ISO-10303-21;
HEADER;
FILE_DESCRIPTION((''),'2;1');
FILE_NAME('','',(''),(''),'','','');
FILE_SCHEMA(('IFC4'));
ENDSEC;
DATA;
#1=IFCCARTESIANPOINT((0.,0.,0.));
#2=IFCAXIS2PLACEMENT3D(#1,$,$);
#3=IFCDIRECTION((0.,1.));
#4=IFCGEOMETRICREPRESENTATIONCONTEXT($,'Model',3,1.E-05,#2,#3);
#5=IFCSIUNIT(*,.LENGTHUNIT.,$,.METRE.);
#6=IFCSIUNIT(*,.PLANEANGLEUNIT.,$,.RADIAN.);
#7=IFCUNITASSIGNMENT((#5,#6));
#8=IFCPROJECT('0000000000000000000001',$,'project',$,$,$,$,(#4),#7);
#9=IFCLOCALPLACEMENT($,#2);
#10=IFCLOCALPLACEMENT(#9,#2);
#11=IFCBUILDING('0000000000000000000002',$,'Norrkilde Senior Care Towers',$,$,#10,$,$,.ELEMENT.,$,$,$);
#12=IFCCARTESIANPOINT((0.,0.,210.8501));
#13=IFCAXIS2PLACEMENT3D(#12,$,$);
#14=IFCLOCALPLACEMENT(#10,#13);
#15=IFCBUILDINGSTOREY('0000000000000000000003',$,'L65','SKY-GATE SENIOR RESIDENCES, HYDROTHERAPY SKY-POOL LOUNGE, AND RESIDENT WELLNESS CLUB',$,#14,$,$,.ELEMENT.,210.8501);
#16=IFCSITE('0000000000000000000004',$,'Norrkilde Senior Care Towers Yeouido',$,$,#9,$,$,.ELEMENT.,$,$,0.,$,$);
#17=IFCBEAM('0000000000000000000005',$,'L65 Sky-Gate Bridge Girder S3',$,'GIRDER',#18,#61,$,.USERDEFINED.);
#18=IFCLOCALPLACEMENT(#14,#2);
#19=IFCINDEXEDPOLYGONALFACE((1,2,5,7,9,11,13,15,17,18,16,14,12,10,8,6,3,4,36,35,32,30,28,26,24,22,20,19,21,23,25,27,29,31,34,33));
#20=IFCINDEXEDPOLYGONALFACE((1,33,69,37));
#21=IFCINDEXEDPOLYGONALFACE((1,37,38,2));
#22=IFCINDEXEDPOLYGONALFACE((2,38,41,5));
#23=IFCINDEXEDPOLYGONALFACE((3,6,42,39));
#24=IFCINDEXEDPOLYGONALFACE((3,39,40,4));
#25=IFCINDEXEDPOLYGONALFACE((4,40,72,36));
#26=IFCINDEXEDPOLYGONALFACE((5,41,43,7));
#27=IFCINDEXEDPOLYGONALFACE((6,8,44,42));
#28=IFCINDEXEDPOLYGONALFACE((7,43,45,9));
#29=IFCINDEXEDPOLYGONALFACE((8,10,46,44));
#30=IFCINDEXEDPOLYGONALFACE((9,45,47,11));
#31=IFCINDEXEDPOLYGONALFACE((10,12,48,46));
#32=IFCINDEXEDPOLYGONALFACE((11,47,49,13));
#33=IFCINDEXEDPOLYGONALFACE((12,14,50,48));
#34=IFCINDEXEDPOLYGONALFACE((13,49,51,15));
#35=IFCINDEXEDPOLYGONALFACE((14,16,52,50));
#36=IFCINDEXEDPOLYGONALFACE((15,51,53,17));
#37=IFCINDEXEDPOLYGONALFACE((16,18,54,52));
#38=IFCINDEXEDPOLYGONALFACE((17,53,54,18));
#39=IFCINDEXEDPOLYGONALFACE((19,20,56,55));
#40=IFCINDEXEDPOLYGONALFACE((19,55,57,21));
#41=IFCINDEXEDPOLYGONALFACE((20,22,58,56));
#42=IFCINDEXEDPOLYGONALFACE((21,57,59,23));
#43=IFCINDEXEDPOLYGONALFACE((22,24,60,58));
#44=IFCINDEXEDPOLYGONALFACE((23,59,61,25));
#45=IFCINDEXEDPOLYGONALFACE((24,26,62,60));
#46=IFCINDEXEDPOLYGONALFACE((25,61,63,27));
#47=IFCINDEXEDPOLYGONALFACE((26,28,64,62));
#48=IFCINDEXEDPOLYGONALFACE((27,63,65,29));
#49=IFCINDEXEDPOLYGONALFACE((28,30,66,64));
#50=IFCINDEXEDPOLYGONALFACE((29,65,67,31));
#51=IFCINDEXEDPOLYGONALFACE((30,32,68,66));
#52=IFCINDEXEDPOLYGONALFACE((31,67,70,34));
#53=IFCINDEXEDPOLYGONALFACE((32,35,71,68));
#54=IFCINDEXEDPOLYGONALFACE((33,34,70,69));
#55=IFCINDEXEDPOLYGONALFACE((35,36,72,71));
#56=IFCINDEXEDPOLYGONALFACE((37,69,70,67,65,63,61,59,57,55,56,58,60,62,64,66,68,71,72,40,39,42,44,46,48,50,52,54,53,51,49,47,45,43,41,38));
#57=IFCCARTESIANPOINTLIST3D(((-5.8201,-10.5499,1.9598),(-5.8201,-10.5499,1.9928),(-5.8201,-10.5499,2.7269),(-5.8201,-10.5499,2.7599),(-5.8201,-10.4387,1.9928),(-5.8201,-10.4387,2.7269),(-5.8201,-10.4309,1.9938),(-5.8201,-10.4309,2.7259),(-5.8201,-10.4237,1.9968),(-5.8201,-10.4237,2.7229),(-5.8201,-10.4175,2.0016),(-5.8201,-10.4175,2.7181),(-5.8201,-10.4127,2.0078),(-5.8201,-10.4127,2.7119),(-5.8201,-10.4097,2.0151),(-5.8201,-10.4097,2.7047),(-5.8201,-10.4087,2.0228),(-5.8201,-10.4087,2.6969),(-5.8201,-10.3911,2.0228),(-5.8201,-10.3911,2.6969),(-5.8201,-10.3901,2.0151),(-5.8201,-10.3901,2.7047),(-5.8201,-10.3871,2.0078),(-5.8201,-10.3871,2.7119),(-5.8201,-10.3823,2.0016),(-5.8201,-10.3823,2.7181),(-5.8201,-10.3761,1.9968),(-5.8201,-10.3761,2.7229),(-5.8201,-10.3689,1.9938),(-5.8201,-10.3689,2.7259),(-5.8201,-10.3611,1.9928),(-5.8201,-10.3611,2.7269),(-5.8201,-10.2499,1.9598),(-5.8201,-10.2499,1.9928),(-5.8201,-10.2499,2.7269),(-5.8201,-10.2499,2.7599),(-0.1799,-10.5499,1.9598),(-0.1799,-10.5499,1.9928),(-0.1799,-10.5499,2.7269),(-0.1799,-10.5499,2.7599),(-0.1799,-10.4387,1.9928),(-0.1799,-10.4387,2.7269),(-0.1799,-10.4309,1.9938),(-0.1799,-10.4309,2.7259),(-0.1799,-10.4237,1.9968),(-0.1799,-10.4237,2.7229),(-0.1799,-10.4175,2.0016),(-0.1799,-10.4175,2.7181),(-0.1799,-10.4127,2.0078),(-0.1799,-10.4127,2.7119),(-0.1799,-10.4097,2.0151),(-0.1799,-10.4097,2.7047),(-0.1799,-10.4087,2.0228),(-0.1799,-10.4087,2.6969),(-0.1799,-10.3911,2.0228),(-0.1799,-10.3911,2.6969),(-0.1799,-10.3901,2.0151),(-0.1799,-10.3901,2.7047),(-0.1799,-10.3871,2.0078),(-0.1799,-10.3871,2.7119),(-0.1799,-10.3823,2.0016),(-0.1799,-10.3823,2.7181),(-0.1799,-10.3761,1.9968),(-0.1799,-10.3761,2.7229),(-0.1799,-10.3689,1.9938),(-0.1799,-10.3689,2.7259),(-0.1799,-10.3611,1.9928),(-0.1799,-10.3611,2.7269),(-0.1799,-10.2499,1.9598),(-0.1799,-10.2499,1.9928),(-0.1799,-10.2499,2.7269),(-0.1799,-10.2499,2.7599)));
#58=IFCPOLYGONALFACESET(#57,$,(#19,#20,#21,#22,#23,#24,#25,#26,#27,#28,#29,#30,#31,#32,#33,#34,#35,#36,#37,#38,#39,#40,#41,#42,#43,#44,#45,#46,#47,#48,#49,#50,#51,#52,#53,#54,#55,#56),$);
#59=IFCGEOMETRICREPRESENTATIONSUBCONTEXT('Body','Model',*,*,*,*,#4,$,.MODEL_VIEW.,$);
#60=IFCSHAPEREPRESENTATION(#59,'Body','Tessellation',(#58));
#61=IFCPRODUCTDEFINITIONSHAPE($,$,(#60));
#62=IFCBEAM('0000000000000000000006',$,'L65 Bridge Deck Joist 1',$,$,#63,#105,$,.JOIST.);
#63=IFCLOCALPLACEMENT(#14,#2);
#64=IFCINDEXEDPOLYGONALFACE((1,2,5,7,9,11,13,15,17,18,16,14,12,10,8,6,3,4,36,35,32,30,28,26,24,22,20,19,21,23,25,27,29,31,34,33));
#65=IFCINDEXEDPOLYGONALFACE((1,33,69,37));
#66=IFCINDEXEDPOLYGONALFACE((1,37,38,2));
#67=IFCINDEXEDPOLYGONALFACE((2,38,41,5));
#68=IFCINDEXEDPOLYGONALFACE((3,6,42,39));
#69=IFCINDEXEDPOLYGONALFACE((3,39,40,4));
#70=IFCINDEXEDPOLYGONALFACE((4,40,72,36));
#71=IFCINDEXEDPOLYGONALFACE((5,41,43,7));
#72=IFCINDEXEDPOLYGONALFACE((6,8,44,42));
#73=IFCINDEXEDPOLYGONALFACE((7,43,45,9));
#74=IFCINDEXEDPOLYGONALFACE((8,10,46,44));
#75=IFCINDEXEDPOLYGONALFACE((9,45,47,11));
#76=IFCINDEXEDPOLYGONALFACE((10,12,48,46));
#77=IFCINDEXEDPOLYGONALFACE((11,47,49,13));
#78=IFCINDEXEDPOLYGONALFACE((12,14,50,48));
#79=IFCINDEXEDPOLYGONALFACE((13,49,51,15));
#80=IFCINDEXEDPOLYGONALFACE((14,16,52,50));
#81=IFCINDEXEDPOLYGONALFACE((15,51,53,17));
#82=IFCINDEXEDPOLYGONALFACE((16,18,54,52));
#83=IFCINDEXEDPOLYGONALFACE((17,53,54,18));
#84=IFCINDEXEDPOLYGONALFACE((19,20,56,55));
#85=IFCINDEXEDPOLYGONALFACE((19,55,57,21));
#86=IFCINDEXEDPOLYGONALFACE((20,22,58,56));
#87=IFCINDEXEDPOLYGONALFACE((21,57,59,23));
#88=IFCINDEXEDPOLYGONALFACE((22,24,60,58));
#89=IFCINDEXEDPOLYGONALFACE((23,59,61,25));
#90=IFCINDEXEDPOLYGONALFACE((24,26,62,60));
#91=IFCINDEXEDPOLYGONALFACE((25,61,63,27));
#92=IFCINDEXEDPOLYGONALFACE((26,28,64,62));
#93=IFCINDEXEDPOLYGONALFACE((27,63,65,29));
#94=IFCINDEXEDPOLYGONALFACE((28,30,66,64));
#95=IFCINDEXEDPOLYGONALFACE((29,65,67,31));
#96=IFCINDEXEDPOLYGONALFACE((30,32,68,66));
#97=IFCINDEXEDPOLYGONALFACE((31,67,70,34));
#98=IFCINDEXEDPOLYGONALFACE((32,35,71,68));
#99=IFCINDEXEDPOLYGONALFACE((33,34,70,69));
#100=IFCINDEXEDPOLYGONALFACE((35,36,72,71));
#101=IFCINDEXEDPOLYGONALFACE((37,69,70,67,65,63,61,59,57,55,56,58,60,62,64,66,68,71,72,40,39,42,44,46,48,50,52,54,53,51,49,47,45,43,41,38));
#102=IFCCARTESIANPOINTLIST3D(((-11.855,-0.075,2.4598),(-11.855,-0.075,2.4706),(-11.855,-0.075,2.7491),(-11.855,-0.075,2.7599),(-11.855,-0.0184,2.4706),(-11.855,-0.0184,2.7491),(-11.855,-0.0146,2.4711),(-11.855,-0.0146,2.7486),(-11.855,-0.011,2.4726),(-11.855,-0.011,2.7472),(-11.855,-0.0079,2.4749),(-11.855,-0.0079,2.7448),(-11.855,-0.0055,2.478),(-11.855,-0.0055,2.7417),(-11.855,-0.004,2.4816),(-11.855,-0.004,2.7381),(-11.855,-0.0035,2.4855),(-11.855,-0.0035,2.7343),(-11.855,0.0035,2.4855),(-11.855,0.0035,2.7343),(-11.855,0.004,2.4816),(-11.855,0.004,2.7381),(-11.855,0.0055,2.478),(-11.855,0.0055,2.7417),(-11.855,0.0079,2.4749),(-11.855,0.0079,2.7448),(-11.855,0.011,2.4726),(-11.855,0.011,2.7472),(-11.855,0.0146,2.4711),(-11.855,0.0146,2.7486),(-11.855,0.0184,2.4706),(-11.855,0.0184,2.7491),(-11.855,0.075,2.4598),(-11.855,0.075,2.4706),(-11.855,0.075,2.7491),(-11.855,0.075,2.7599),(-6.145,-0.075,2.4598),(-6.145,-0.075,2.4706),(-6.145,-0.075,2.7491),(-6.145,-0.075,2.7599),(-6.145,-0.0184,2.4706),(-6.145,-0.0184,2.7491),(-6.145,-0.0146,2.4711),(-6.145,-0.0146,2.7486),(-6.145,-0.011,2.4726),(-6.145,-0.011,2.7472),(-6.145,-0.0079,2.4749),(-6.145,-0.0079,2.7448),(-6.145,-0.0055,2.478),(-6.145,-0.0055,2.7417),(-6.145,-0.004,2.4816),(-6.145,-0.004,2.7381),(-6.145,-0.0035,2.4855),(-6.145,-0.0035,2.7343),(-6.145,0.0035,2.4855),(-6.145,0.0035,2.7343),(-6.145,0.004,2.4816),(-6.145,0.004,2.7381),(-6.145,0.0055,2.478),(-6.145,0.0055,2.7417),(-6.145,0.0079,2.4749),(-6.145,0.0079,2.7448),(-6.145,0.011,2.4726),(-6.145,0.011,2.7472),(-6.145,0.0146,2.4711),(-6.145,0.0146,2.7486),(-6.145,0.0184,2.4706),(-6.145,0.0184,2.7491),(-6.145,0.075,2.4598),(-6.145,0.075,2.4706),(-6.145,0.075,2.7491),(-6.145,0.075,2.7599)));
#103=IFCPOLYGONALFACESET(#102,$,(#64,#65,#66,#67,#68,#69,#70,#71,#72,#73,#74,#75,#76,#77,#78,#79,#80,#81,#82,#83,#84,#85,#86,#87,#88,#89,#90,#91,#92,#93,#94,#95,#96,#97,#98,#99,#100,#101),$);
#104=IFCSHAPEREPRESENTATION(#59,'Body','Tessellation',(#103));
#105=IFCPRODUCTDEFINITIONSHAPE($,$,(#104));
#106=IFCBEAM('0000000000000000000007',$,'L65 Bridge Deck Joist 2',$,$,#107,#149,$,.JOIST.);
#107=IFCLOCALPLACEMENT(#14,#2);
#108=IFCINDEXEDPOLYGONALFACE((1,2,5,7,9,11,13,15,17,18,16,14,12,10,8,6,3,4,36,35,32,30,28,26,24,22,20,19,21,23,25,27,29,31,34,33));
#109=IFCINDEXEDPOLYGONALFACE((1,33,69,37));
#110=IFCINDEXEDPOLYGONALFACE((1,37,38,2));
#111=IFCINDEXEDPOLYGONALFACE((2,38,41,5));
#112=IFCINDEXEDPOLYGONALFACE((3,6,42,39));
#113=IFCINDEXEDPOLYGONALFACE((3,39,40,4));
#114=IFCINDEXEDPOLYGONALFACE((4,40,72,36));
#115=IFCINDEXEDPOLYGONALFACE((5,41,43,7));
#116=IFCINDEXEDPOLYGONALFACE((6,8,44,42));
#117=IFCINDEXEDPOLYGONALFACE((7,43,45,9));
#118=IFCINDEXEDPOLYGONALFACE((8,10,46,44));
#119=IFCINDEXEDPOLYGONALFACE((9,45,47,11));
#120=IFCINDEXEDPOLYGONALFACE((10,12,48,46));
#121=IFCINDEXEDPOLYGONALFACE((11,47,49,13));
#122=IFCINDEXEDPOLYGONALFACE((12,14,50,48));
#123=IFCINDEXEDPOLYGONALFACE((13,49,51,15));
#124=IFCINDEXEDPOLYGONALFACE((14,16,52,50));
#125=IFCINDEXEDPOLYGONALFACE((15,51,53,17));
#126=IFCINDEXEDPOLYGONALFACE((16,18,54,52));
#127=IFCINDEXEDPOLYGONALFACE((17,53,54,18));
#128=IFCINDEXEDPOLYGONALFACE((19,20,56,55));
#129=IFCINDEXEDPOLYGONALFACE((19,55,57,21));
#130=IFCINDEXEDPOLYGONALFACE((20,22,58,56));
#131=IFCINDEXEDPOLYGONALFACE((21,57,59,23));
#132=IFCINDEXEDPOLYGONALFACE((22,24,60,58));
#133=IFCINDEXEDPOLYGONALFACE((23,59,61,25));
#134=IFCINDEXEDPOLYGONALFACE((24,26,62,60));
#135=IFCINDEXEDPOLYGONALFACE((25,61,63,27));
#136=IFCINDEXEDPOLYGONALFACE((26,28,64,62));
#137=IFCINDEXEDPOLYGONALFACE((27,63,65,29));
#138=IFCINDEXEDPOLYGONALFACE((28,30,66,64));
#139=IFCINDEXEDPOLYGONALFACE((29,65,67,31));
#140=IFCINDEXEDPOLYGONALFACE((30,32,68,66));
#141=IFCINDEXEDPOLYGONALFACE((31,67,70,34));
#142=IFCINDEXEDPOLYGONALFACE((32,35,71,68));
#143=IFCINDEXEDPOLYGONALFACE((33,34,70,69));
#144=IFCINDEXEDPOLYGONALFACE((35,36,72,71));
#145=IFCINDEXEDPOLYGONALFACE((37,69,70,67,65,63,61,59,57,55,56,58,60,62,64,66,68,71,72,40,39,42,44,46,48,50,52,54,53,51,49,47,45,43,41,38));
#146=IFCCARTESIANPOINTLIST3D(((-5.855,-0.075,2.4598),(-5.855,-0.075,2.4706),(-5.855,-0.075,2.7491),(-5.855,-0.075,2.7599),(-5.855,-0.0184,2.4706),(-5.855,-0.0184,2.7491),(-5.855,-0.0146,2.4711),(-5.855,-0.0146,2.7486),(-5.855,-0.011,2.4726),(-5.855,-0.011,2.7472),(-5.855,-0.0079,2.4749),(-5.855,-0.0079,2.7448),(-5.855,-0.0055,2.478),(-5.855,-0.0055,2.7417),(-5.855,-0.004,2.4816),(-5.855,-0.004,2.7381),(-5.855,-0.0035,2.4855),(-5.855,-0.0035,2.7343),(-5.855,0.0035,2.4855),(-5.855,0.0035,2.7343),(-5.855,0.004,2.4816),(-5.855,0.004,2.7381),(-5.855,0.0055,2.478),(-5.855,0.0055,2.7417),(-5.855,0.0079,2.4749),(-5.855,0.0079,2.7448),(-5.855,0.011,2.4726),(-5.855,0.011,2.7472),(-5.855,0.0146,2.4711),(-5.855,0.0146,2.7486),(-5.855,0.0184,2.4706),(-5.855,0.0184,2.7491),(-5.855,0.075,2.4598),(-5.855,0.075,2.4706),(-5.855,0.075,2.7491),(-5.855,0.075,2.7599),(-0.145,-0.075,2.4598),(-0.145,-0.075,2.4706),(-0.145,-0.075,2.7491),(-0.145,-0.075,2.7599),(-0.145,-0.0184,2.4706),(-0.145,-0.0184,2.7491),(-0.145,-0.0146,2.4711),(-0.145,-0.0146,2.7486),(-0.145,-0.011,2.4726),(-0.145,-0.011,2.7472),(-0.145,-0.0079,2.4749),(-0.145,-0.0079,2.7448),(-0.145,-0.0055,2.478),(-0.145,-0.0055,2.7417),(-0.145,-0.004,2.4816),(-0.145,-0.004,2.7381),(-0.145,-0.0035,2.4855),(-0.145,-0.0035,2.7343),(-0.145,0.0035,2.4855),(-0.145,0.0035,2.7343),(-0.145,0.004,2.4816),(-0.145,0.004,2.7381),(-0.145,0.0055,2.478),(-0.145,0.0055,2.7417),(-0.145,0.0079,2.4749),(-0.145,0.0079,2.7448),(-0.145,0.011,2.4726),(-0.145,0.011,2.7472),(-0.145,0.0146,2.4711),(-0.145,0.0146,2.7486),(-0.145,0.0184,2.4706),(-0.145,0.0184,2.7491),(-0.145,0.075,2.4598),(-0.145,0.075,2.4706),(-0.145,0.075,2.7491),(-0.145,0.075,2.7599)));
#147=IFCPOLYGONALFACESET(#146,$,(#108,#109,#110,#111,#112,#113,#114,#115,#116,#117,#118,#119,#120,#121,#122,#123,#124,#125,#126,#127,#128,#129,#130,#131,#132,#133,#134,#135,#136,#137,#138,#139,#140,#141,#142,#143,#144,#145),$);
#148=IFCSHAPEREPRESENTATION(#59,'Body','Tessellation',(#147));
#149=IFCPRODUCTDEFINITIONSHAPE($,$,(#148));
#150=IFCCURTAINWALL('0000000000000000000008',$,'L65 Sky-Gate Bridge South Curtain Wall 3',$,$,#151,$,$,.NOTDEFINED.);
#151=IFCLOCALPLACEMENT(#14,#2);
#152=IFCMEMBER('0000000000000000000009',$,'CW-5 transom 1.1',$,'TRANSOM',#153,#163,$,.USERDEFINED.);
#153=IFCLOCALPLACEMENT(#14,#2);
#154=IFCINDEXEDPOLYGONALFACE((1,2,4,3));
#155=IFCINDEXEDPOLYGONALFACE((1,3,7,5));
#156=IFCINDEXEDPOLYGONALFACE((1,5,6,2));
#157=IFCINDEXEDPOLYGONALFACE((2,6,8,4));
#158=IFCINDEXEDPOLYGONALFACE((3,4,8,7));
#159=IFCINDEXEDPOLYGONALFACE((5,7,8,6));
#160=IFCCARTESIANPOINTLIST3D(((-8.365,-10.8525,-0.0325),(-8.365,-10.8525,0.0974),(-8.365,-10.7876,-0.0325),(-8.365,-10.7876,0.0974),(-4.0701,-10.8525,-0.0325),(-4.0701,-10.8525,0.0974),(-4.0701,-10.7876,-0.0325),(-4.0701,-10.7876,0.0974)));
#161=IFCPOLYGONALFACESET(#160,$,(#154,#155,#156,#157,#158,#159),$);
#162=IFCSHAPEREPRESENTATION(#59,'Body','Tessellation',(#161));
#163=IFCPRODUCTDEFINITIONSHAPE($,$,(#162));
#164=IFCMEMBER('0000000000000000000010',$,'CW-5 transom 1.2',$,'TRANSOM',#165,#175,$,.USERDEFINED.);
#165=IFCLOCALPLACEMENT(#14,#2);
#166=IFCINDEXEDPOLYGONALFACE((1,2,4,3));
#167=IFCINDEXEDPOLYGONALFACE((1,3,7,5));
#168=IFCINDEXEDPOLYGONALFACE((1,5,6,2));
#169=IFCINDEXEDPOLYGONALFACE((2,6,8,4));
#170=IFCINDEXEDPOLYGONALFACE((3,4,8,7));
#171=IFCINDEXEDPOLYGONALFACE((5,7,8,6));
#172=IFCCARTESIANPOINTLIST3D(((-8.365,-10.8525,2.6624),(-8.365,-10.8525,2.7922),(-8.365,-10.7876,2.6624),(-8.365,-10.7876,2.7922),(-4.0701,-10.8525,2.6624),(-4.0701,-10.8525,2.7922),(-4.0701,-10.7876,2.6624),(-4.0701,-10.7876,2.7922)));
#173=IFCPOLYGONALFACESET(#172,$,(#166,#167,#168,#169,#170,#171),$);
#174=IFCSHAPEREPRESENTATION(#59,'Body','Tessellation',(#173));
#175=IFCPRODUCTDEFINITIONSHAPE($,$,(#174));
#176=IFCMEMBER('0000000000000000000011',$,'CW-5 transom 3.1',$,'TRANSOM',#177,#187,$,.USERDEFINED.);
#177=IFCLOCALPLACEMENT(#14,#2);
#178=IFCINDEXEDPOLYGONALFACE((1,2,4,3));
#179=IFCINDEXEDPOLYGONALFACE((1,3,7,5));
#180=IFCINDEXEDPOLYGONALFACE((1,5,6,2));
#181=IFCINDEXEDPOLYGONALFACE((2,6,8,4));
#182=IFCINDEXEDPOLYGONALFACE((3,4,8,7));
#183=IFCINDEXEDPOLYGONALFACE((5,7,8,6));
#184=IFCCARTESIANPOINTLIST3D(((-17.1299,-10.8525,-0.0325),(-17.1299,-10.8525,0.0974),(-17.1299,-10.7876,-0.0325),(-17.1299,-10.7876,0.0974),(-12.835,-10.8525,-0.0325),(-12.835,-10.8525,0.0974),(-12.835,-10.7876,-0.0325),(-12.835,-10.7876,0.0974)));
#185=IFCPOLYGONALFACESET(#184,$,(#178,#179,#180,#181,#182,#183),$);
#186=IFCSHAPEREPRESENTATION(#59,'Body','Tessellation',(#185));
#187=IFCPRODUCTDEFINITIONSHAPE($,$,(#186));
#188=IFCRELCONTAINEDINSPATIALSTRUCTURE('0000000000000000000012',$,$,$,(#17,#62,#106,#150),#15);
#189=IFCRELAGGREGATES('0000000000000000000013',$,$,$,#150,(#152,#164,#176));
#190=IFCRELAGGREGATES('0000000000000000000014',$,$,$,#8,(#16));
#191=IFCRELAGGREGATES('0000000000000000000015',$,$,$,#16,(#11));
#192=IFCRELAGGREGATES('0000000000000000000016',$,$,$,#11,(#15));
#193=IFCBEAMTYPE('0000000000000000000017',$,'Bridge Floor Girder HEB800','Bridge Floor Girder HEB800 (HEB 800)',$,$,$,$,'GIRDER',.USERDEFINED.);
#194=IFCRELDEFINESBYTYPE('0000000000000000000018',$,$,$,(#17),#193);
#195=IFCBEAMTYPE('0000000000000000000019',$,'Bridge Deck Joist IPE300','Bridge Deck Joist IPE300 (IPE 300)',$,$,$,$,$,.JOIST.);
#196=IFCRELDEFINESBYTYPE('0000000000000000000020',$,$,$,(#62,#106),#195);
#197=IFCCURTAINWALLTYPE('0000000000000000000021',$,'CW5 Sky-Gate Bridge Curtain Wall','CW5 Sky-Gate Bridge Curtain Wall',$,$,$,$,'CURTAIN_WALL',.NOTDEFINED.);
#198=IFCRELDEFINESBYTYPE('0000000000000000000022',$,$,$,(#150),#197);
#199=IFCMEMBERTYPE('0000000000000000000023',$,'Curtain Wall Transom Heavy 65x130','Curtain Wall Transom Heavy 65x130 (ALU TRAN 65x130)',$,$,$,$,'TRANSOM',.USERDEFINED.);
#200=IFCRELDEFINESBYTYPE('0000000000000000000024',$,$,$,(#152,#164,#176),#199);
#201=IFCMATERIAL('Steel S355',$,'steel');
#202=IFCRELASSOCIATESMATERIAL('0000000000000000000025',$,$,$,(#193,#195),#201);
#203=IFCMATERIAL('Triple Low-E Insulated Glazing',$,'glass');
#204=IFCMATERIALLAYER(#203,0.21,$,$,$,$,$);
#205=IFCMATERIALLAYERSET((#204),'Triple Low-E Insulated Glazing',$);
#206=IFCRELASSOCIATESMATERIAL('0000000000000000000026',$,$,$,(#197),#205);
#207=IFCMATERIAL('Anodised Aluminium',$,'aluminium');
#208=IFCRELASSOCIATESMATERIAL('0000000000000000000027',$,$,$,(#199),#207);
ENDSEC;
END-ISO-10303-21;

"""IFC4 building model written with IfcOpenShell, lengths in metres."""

from ifc_helpers import new_model, si_unit, direction, frame, origin, origin_2d, place, context, subcontext, project, spatial, rectangle, i_section, extrude, source, transform, mapped, material, layer, layer_set, material_profile, profile_set, type_object, type_shapes, element, aggregate, save


model = new_model("IFC4")

# Units and contexts
model_context = context("Model", 3, precision=1e-05, world=origin(), true_north=direction((0.0, 1.0)))
body_context = subcontext(model_context, "Body", "Model", "MODEL_VIEW")
ifc_project = project(units=[si_unit("LENGTHUNIT", "METRE"), si_unit("PLANEANGLEUNIT", "RADIAN")], contexts=[model_context])

# Site, building, storey
site_placement = place(None, origin())
site = spatial("IfcSite", under=ifc_project, at=site_placement, Name="Norrkilde Senior Care Towers Yeouido", CompositionType="ELEMENT", RefElevation=0.0)
building_placement = place(site_placement, origin())
building = spatial("IfcBuilding", under=site, at=building_placement, Name="Norrkilde Senior Care Towers", CompositionType="ELEMENT")
storey_placement = place(building_placement, frame((0.0, 0.0, 210.8501)))
storey = spatial("IfcBuildingStorey", under=building, at=storey_placement, Name="L65", Description="SKY-GATE SENIOR RESIDENCES, HYDROTHERAPY SKY-POOL LOUNGE, AND RESIDENT WELLNESS CLUB", CompositionType="ELEMENT", Elevation=210.8501)

# Shared definitions
ifc_material_1 = material(Name="Steel S355", Category="steel")

# Beams
ifc_material_profile_1 = material_profile(ifc_material_1, i_section(OverallWidth=0.3, OverallDepth=0.8, WebThickness=0.0176, FlangeThickness=0.033, FilletRadius=0.03, at=origin_2d()), Name="HEB 800")
ifc_profile_set_1 = profile_set([ifc_material_profile_1], Name="Steel S355")
beam_type_1 = type_object("IfcBeamType", Name="Bridge Floor Girder HEB800", Description="Bridge Floor Girder HEB800 (HEB 800)", ElementType="GIRDER", PredefinedType="USERDEFINED", material=ifc_profile_set_1)
shared_shape_1 = source(origin(), body_context, "Body", "SweptSolid", [
    extrude(i_section(OverallWidth=0.3, OverallDepth=0.8, WebThickness=0.0176, FlangeThickness=0.033, FilletRadius=0.03, at=origin_2d()), origin(), (0.0, 0.0, 1.0), 5.6401),
])
type_shapes(beam_type_1, [shared_shape_1])
for number, where, z_axis, x_axis, name in (
    (1, (-5.8201, -10.3999, 2.3599), (1.0, 0.0, 0.0), (0.0, 1.0, 0.0), "L65 Sky-Gate Bridge Girder S3"),
):
    element("IfcBeam", number, at=place(storey_placement, frame(where, z_axis=z_axis, x_axis=x_axis)), inside=storey, type_object=beam_type_1, Name=name, ObjectType="GIRDER", PredefinedType="USERDEFINED", context=body_context, shape_type="MappedRepresentation", body=[
        mapped(shared_shape_1, transform((0.0, 0.0, 0.0), x_axis=(1.0, 0.0, 0.0), y_axis=(0.0, 1.0, 0.0), z_axis=(0.0, 0.0, 1.0), scale=1.0)),
    ])
ifc_material_profile_2 = material_profile(ifc_material_1, i_section(OverallWidth=0.1499, OverallDepth=0.3, WebThickness=0.0071, FlangeThickness=0.0107, FilletRadius=0.0149, at=origin_2d()), Name="IPE 300")
ifc_profile_set_2 = profile_set([ifc_material_profile_2], Name="Steel S355")
beam_type_2 = type_object("IfcBeamType", Name="Bridge Deck Joist IPE300", Description="Bridge Deck Joist IPE300 (IPE 300)", PredefinedType="JOIST", material=ifc_profile_set_2)
shared_shape_2 = source(origin(), body_context, "Body", "SweptSolid", [
    extrude(i_section(OverallWidth=0.1499, OverallDepth=0.3, WebThickness=0.0071, FlangeThickness=0.0107, FilletRadius=0.0149, at=origin_2d()), origin(), (0.0, 0.0, 1.0), 5.71),
])
type_shapes(beam_type_2, [shared_shape_2])
for number, where, z_axis, x_axis, name in (
    (2, (-11.855, 0.0, 2.6099), (1.0, 0.0, 0.0), (0.0, 1.0, 0.0), "L65 Bridge Deck Joist 1"),
    (3, (-5.855, 0.0, 2.6099), (1.0, 0.0, 0.0), (0.0, 1.0, 0.0), "L65 Bridge Deck Joist 2"),
):
    element("IfcBeam", number, at=place(storey_placement, frame(where, z_axis=z_axis, x_axis=x_axis)), inside=storey, type_object=beam_type_2, Name=name, PredefinedType="JOIST", context=body_context, shape_type="MappedRepresentation", body=[
        mapped(shared_shape_2, transform((0.0, 0.0, 0.0), x_axis=(1.0, 0.0, 0.0), y_axis=(0.0, 1.0, 0.0), z_axis=(0.0, 0.0, 1.0), scale=1.0)),
    ])

# Curtain wall, members
ifc_material_2 = material(Name="Triple Low-E Insulated Glazing", Category="glass")
ifc_layer_1 = layer(ifc_material_2, 0.21)
ifc_layer_set_1 = layer_set([ifc_layer_1], Name="Triple Low-E Insulated Glazing")
curtain_wall_type = type_object("IfcCurtainWallType", Name="CW5 Sky-Gate Bridge Curtain Wall", Description="CW5 Sky-Gate Bridge Curtain Wall", ElementType="CURTAIN_WALL", PredefinedType="NOTDEFINED", material=ifc_layer_set_1)
curtain_wall_1_placement = place(storey_placement, origin())
curtain_wall_1 = element("IfcCurtainWall", 4, at=curtain_wall_1_placement, inside=storey, type_object=curtain_wall_type, Name="L65 Sky-Gate Bridge South Curtain Wall 3", PredefinedType="NOTDEFINED")
ifc_material_3 = material(Name="Anodised Aluminium", Category="aluminium")
ifc_material_profile_3 = material_profile(ifc_material_3, rectangle(XDim=0.0649, YDim=0.1299, at=origin_2d()), Name="ALU TRAN 65x130")
ifc_profile_set_3 = profile_set([ifc_material_profile_3], Name="Anodised Aluminium")
member_type_1 = type_object("IfcMemberType", Name="Curtain Wall Transom Heavy 65x130", Description="Curtain Wall Transom Heavy 65x130 (ALU TRAN 65x130)", ElementType="TRANSOM", PredefinedType="USERDEFINED", material=ifc_profile_set_3)
shared_shape_3 = source(origin(), body_context, "Body", "SweptSolid", [
    extrude(rectangle(XDim=0.0649, YDim=0.1299, at=origin_2d()), origin(), (0.0, 0.0, 1.0), 4.2949),
])
member_1_placement = place(storey_placement, frame((-4.0701, -10.8201, 0.0325), z_axis=(-1.0, 0.0, 0.0), x_axis=(0.0, -1.0, 0.0)))
member_1 = element("IfcMember", 5, at=member_1_placement, type_object=member_type_1, Name="CW-5 transom 1.1", ObjectType="TRANSOM", PredefinedType="USERDEFINED", context=body_context, shape_type="MappedRepresentation", body=[
    mapped(shared_shape_3, transform((0.0, 0.0, 0.0), x_axis=(1.0, 0.0, 0.0), y_axis=(0.0, 1.0, 0.0), z_axis=(0.0, 0.0, 1.0), scale=1.0)),
])
member_2_placement = place(storey_placement, frame((-4.0701, -10.8201, 2.7273), z_axis=(-1.0, 0.0, 0.0), x_axis=(0.0, -1.0, 0.0)))
member_2 = element("IfcMember", 6, at=member_2_placement, type_object=member_type_1, Name="CW-5 transom 1.2", ObjectType="TRANSOM", PredefinedType="USERDEFINED", context=body_context, shape_type="MappedRepresentation", body=[
    mapped(shared_shape_3, transform((0.0, 0.0, 0.0), x_axis=(1.0, 0.0, 0.0), y_axis=(0.0, 1.0, 0.0), z_axis=(0.0, 0.0, 1.0), scale=1.0)),
])
member_3_placement = place(storey_placement, frame((-12.835, -10.8201, 0.0325), z_axis=(-1.0, 0.0, 0.0), x_axis=(0.0, -1.0, 0.0)))
member_3 = element("IfcMember", 7, at=member_3_placement, type_object=member_type_1, Name="CW-5 transom 3.1", ObjectType="TRANSOM", PredefinedType="USERDEFINED", context=body_context, shape_type="MappedRepresentation", body=[
    mapped(shared_shape_3, transform((0.0, 0.0, 0.0), x_axis=(1.0, 0.0, 0.0), y_axis=(0.0, 1.0, 0.0), z_axis=(0.0, 0.0, 1.0), scale=1.0)),
])

aggregate(curtain_wall_1, [member_1, member_2, member_3])

save(model, "model.ifc")
